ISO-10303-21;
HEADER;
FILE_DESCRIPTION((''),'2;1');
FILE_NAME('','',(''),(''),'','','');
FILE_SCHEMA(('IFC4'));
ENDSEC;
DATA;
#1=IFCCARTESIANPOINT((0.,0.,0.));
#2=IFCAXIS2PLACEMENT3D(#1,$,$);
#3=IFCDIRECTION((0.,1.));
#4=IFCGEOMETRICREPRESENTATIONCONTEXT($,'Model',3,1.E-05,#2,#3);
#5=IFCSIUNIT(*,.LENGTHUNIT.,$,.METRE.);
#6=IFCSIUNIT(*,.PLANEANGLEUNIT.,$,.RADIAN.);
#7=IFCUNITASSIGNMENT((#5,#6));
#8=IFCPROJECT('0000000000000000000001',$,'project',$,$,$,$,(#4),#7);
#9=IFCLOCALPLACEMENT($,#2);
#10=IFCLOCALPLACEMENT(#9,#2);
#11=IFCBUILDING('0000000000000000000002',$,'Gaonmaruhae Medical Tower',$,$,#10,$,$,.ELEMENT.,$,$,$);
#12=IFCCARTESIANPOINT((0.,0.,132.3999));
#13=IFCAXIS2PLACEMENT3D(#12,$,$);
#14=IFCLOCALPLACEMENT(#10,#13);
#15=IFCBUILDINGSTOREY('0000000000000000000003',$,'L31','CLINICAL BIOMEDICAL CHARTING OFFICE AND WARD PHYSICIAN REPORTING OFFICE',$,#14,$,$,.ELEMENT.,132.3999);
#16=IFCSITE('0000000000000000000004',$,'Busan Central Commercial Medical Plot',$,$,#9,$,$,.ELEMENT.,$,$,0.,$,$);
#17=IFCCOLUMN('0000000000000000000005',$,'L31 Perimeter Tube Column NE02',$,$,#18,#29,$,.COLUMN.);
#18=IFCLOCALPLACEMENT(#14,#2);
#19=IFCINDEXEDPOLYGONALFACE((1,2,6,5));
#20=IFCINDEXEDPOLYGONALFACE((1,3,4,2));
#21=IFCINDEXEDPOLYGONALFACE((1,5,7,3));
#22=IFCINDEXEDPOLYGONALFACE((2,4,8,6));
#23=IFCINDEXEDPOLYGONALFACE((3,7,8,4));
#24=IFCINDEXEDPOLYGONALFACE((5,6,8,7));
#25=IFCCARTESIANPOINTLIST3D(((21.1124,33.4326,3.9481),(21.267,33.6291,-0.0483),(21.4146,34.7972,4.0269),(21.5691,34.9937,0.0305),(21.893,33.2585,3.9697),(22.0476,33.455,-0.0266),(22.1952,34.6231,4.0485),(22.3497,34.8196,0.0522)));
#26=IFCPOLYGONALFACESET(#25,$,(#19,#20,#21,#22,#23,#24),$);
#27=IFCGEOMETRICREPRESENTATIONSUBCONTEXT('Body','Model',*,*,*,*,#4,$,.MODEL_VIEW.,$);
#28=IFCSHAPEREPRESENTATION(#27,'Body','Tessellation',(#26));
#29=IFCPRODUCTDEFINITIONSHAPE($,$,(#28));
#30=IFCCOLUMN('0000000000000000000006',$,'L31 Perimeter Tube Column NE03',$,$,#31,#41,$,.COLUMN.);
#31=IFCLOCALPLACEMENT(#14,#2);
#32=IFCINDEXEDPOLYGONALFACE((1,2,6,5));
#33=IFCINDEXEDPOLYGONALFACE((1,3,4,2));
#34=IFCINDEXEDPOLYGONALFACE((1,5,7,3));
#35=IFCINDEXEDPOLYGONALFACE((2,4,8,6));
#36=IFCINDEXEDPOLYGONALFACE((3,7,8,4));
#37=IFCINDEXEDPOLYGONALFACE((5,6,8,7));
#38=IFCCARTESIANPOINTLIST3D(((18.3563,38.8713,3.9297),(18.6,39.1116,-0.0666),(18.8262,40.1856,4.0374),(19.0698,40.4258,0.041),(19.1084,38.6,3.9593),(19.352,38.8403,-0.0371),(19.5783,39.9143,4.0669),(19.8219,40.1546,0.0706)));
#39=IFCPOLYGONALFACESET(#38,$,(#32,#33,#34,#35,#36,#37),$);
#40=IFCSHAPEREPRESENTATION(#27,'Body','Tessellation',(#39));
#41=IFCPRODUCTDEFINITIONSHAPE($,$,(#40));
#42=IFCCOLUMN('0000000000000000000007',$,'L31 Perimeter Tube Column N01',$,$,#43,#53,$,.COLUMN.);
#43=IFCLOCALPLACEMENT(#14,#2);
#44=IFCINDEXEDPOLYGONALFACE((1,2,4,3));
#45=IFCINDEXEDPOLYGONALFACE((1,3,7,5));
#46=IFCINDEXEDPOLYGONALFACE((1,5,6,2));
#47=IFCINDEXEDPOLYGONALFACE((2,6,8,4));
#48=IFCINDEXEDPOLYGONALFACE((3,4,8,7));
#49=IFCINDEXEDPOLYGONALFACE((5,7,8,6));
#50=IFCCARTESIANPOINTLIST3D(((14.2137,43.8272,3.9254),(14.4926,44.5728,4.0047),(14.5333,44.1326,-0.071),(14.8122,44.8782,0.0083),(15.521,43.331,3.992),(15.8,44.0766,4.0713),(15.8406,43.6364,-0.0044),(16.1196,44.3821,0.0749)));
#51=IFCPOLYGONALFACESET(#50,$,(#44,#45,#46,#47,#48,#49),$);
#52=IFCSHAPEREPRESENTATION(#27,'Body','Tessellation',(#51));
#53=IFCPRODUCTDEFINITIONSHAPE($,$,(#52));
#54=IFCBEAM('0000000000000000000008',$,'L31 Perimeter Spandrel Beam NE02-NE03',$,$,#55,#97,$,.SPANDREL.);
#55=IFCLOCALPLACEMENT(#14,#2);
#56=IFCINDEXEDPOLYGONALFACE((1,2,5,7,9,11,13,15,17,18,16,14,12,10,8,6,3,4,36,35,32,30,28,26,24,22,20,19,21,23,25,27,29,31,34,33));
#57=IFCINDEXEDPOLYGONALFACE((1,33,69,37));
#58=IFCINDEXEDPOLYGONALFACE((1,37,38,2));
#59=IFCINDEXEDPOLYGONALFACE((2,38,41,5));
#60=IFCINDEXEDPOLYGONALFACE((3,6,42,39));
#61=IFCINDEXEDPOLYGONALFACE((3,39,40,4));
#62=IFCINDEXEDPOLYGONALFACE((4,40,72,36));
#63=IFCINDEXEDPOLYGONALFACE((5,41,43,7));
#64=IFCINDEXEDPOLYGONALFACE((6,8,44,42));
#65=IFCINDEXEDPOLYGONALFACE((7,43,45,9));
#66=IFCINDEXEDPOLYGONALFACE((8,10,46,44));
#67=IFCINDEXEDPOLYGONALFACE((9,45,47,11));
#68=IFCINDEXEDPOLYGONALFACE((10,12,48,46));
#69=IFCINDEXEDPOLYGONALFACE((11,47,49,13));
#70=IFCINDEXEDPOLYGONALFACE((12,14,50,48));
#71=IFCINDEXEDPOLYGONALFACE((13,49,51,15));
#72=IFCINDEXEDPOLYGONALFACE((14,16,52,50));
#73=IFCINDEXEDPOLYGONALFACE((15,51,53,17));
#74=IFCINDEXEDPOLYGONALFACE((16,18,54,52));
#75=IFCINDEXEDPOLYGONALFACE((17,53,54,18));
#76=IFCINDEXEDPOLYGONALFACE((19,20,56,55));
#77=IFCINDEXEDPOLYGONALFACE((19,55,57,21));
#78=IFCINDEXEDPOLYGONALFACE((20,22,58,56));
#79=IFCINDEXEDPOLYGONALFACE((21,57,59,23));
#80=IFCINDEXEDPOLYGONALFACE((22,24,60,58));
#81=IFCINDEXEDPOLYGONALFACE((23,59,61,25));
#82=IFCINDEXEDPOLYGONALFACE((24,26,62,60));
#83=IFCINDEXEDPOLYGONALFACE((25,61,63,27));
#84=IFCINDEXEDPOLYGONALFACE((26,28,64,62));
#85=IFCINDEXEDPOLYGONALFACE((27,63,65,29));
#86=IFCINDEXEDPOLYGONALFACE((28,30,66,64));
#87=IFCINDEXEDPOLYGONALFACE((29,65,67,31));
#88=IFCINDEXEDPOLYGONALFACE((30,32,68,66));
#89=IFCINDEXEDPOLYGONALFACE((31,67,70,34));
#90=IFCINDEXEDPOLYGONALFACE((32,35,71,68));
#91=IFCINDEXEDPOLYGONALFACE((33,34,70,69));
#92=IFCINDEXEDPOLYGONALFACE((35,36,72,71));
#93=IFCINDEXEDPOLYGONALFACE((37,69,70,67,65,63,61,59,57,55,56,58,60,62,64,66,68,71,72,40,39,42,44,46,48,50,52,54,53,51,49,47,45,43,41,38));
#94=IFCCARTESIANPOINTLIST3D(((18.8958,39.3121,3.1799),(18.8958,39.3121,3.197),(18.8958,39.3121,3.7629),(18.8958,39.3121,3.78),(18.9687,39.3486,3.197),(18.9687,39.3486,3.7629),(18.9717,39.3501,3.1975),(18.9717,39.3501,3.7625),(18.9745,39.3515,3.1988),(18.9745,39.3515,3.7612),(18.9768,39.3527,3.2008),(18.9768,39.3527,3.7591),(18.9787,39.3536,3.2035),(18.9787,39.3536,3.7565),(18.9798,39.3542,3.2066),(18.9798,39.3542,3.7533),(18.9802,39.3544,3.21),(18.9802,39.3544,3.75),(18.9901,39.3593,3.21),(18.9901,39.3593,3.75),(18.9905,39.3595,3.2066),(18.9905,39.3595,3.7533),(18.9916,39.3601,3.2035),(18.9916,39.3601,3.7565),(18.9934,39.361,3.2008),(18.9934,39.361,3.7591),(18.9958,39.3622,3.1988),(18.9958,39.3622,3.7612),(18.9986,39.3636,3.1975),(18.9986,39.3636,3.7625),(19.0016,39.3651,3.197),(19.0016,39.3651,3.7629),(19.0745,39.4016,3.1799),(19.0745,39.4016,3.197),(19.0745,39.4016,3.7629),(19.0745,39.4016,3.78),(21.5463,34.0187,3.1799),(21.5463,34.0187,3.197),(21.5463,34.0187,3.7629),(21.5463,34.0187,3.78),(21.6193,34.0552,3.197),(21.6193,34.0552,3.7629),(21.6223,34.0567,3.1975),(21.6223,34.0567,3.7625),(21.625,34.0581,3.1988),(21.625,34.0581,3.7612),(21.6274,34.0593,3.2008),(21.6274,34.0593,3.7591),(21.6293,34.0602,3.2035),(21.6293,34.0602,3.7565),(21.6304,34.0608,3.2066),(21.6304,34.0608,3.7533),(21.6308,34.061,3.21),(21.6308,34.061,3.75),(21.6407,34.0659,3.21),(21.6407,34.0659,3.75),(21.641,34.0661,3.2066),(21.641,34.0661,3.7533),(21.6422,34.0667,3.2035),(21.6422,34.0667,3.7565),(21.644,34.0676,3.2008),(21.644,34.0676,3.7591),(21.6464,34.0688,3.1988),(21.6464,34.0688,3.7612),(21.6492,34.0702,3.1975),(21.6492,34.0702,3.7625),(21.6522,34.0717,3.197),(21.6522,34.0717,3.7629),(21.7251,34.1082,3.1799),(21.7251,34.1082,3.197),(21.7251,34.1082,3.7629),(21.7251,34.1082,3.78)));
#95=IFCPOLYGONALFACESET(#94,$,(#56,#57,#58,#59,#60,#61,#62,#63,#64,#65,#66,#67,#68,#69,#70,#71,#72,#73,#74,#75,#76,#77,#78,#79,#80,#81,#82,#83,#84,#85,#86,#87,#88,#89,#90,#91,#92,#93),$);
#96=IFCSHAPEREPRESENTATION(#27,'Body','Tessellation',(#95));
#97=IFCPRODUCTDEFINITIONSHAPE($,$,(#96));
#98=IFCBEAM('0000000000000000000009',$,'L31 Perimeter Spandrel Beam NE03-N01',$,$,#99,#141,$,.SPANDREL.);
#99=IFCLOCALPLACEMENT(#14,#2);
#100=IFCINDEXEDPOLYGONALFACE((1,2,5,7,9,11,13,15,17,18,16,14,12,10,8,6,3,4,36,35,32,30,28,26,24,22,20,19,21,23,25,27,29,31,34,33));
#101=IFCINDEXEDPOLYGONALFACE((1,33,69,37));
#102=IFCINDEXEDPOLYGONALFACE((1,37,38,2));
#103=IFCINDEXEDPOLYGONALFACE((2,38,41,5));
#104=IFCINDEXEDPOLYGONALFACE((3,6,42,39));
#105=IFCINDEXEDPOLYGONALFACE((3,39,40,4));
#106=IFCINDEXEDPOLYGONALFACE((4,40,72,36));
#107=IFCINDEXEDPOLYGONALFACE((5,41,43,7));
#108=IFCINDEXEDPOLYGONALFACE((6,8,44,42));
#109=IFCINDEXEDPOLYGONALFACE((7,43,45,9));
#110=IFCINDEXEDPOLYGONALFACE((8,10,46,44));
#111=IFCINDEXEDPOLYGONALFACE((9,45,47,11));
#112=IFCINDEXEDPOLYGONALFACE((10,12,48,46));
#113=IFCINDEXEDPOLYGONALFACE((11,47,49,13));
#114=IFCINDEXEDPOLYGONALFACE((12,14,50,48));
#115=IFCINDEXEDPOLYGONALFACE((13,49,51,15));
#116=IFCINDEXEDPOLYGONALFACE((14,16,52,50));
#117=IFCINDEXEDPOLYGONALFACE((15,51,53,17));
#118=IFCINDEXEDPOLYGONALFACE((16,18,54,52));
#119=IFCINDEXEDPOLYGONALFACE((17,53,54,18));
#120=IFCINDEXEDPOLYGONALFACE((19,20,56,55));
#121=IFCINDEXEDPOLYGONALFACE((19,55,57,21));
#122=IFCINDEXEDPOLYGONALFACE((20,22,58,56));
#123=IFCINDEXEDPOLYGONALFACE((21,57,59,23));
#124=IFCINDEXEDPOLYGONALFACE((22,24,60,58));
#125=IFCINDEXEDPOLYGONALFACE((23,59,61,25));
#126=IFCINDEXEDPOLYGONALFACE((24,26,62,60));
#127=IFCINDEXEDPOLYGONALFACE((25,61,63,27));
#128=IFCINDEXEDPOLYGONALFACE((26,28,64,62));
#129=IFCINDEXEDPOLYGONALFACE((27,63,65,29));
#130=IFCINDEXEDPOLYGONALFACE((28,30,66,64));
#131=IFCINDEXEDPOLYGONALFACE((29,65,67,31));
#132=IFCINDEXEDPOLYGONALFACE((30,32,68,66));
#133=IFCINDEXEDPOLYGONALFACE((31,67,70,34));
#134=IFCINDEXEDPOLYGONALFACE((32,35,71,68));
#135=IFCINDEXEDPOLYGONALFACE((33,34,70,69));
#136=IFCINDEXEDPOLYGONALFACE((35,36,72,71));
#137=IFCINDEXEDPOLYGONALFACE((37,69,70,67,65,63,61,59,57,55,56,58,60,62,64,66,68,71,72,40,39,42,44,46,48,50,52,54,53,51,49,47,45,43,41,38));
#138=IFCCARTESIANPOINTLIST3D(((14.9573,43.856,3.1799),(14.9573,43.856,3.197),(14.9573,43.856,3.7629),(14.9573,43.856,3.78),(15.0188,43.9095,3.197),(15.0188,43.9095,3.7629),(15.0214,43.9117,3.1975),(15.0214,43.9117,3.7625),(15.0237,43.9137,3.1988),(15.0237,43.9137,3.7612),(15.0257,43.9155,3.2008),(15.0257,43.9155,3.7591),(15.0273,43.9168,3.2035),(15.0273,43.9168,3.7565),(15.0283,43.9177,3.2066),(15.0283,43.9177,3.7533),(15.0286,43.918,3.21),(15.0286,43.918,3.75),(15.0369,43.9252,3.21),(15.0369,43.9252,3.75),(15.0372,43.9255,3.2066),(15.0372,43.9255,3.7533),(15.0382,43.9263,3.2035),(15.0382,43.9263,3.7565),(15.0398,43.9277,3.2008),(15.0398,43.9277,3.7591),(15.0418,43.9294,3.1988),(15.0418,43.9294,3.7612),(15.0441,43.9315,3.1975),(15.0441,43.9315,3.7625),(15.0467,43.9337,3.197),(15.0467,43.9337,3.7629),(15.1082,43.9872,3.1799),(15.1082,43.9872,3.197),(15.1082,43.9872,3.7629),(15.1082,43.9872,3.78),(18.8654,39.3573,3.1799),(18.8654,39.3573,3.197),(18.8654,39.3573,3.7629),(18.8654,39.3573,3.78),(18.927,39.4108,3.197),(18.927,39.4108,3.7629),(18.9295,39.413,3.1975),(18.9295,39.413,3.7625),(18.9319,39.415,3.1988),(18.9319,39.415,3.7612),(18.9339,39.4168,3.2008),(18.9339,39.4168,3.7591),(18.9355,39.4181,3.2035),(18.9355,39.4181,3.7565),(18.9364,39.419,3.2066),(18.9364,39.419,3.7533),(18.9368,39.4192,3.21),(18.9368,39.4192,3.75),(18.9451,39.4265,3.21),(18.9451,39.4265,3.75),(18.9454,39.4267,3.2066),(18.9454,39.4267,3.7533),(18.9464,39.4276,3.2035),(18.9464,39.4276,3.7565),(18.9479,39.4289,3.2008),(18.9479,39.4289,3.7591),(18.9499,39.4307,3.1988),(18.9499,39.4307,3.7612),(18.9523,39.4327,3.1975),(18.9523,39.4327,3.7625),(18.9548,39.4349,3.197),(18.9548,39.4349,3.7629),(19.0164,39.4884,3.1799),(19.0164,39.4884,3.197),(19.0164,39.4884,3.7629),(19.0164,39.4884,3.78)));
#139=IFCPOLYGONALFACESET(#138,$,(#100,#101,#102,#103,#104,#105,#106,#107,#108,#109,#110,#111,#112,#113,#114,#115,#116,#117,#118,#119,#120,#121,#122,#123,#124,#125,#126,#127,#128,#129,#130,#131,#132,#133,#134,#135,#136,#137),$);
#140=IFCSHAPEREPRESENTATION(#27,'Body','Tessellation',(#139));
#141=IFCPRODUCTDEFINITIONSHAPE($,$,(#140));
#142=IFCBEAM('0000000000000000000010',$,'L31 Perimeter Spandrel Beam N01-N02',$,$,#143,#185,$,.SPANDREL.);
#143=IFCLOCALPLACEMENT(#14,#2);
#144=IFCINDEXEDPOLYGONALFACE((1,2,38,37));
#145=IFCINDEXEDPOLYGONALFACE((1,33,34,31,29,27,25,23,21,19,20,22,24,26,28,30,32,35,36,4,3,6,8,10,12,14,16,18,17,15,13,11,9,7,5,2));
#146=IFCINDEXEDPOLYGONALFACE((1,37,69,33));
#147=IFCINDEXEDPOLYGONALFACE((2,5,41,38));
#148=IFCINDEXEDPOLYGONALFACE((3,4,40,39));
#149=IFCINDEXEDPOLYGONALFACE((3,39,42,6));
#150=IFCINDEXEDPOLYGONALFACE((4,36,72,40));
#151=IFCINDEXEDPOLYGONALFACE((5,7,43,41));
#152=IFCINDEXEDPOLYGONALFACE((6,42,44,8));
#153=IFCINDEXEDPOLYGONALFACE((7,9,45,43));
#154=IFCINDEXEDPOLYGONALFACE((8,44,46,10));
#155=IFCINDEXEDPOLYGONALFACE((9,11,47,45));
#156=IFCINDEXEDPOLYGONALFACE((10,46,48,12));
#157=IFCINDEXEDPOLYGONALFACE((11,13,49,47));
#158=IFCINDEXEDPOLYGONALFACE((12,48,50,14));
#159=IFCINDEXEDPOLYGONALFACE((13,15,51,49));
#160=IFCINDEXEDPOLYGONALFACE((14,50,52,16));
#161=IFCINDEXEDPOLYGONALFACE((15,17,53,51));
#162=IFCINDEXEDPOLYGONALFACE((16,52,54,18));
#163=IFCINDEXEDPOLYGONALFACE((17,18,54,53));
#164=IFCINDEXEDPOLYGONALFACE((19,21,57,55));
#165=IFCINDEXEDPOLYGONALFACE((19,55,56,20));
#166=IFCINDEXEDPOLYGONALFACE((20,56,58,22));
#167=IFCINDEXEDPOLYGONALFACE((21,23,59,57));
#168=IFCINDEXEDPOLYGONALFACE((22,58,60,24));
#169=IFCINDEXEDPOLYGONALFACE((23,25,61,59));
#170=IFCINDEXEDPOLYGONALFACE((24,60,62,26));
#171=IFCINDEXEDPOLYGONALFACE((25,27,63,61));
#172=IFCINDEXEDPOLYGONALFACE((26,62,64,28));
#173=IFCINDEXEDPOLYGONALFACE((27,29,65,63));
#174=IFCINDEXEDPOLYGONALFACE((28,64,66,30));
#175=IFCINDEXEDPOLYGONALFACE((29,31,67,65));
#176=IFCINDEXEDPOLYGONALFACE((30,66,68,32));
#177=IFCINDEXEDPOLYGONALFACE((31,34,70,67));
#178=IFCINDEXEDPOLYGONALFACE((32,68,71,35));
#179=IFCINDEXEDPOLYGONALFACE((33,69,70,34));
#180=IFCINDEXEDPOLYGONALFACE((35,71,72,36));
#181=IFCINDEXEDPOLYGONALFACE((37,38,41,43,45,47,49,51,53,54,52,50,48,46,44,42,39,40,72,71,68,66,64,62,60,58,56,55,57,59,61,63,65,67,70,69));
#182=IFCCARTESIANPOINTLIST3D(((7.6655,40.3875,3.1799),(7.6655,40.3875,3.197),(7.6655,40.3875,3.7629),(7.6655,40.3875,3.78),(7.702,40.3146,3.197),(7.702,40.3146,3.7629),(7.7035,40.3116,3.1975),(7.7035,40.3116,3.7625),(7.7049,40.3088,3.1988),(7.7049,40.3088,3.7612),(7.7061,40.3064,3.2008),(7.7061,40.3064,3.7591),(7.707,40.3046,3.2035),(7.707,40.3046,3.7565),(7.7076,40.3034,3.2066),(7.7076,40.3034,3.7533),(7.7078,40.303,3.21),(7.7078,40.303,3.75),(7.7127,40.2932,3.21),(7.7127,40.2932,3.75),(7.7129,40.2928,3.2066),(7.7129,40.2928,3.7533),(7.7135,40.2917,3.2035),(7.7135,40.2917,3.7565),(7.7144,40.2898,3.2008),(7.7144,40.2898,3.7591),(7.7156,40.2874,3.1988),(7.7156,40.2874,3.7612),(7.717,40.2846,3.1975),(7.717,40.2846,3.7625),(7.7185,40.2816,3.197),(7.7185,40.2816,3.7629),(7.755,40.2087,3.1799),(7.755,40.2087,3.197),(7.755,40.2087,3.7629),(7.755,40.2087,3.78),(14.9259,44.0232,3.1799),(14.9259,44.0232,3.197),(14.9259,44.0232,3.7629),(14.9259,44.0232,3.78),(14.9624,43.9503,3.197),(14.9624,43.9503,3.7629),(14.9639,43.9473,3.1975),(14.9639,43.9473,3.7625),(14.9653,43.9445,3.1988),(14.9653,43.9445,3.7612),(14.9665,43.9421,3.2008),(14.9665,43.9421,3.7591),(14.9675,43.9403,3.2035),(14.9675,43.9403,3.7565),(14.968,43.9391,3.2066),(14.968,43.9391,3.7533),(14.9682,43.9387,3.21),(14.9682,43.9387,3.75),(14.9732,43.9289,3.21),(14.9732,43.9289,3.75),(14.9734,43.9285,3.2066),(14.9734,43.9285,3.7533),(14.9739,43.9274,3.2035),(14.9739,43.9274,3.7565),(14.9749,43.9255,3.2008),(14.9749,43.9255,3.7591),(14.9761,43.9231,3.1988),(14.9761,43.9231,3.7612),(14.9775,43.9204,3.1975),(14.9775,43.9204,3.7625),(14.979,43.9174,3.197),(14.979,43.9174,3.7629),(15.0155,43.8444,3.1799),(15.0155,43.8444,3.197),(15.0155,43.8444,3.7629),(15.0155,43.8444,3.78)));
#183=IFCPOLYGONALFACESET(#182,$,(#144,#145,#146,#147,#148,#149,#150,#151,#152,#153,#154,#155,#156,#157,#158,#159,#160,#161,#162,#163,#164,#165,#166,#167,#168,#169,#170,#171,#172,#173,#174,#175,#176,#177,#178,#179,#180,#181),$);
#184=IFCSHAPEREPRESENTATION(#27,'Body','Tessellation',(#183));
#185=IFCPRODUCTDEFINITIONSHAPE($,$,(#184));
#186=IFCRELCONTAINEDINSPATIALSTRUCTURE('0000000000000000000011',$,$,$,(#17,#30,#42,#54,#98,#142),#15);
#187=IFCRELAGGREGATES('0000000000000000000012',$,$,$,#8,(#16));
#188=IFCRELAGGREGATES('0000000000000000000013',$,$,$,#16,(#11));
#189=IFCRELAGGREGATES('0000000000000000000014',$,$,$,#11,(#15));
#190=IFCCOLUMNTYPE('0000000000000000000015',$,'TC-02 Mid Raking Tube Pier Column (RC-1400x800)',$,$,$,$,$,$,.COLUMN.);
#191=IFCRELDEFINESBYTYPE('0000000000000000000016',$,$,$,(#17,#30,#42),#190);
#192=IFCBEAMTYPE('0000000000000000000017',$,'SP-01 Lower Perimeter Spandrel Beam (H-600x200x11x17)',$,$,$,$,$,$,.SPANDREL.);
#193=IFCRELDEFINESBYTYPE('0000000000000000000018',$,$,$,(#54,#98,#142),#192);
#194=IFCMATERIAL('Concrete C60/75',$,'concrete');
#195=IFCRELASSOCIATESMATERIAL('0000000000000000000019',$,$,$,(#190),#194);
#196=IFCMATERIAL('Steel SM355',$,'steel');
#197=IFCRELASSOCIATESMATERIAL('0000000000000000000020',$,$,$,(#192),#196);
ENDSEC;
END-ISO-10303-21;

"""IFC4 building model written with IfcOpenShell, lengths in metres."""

from ifc_helpers import new_model, si_unit, direction, frame, origin, origin_2d, place, context, subcontext, project, spatial, rectangle, i_section, extrude, material, material_profile, profile_set, type_object, element, save


model = new_model("IFC4")

# Units and contexts
model_context = context("Model", 3, precision=1e-05, world=origin(), true_north=direction((0.0, 1.0)))
body_context = subcontext(model_context, "Body", "Model", "MODEL_VIEW")
ifc_project = project(units=[si_unit("LENGTHUNIT", "METRE"), si_unit("PLANEANGLEUNIT", "RADIAN")], contexts=[model_context])

# Site, building, storey
site_placement = place(None, origin())
site = spatial("IfcSite", under=ifc_project, at=site_placement, Name="Busan Central Commercial Medical Plot", CompositionType="ELEMENT", RefElevation=0.0)
building_placement = place(site_placement, origin())
building = spatial("IfcBuilding", under=site, at=building_placement, Name="Gaonmaruhae Medical Tower", CompositionType="ELEMENT")
storey_placement = place(building_placement, frame((0.0, 0.0, 132.3999)))
storey = spatial("IfcBuildingStorey", under=building, at=storey_placement, Name="L31", Description="CLINICAL BIOMEDICAL CHARTING OFFICE AND WARD PHYSICIAN REPORTING OFFICE", CompositionType="ELEMENT", Elevation=132.3999)

# Columns
ifc_material_1 = material(Name="Concrete C60/75", Category="concrete")
ifc_material_profile_1 = material_profile(ifc_material_1, rectangle(XDim=1.3999, YDim=0.8, at=origin_2d()), Name="RC-1400x800")
ifc_profile_set_1 = profile_set([ifc_material_profile_1], Name="Concrete C60/75")
column_type = type_object("IfcColumnType", Name="TC-02 Mid Raking Tube Pier Column (RC-1400x800)", PredefinedType="COLUMN", material=ifc_profile_set_1)
column_1_placement = place(storey_placement, frame((21.8083, 34.2244, 0.002), z_axis=(-0.038595, -0.049082, 0.998049), x_axis=(0.21585, 0.974803, 0.056286)))
element("IfcColumn", 1, at=column_1_placement, inside=storey, type_object=column_type, Name="L31 Perimeter Tube Column NE02", PredefinedType="COLUMN", context=body_context, shape_type="SweptSolid", body=[
    extrude(rectangle(XDim=1.3999, YDim=0.8, at=origin_2d()), origin(), (0.0, 0.0, 1.0), 4.0042),
])
column_2_placement = place(storey_placement, frame((19.2109, 39.6331, 0.002), z_axis=(-0.060747, -0.059894, 0.996355), x_axis=(0.335654, 0.938841, 0.076902)))
element("IfcColumn", 2, at=column_2_placement, inside=storey, type_object=column_type, Name="L31 Perimeter Tube Column NE03", PredefinedType="COLUMN", context=body_context, shape_type="SweptSolid", body=[
    extrude(rectangle(XDim=1.3999, YDim=0.8, at=origin_2d()), origin(), (0.0, 0.0, 1.0), 4.011),
])
column_3_placement = place(storey_placement, frame((15.3264, 44.2573, 0.002), z_axis=(-0.079483, -0.075962, 0.993938), x_axis=(0.933868, -0.354437, 0.047592)))
element("IfcColumn", 3, at=column_3_placement, inside=storey, type_object=column_type, Name="L31 Perimeter Tube Column N01", PredefinedType="COLUMN", context=body_context, shape_type="SweptSolid", body=[
    extrude(rectangle(XDim=1.3999, YDim=0.8, at=origin_2d()), origin(), (0.0, 0.0, 1.0), 4.0208),
])

# Beams
ifc_material_2 = material(Name="Steel SM355", Category="steel")
ifc_material_profile_2 = material_profile(ifc_material_2, i_section(OverallWidth=0.2, OverallDepth=0.6001, WebThickness=0.011, FlangeThickness=0.0171, FilletRadius=0.0129, at=origin_2d()), Name="H-600x200x11x17")
ifc_profile_set_2 = profile_set([ifc_material_profile_2], Name="Steel SM355")
beam_type = type_object("IfcBeamType", Name="SP-01 Lower Perimeter Spandrel Beam (H-600x200x11x17)", PredefinedType="SPANDREL", material=ifc_profile_set_2)
beam_1_placement = place(storey_placement, frame((21.6357, 34.0635, 3.48), z_axis=(-0.447741, 0.894163, 0.0), x_axis=(-0.894163, -0.447741, 0.0)))
element("IfcBeam", 4, at=beam_1_placement, inside=storey, type_object=beam_type, Name="L31 Perimeter Spandrel Beam NE02-NE03", PredefinedType="SPANDREL", context=body_context, shape_type="SweptSolid", body=[
    extrude(i_section(OverallWidth=0.2, OverallDepth=0.6001, WebThickness=0.011, FlangeThickness=0.0171, FilletRadius=0.0129, at=origin_2d()), origin(), (0.0, 0.0, 1.0), 5.9199),
])
beam_2_placement = place(storey_placement, frame((18.9409, 39.4229, 3.48), z_axis=(-0.655818, 0.754919, 0.0), x_axis=(-0.754919, -0.655818, 0.0)))
element("IfcBeam", 5, at=beam_2_placement, inside=storey, type_object=beam_type, Name="L31 Perimeter Spandrel Beam NE03-N01", PredefinedType="SPANDREL", context=body_context, shape_type="SweptSolid", body=[
    extrude(i_section(OverallWidth=0.2, OverallDepth=0.6001, WebThickness=0.011, FlangeThickness=0.0171, FilletRadius=0.0129, at=origin_2d()), origin(), (0.0, 0.0, 1.0), 5.9592),
])
beam_3_placement = place(storey_placement, frame((14.9707, 43.9338, 3.48), z_axis=(-0.894156, -0.447755, 0.0), x_axis=(0.447755, -0.894156, 0.0)))
element("IfcBeam", 6, at=beam_3_placement, inside=storey, type_object=beam_type, Name="L31 Perimeter Spandrel Beam N01-N02", PredefinedType="SPANDREL", context=body_context, shape_type="SweptSolid", body=[
    extrude(i_section(OverallWidth=0.2, OverallDepth=0.6001, WebThickness=0.011, FlangeThickness=0.0171, FilletRadius=0.0129, at=origin_2d()), origin(), (0.0, 0.0, 1.0), 8.1199),
])

save(model, "model.ifc")
